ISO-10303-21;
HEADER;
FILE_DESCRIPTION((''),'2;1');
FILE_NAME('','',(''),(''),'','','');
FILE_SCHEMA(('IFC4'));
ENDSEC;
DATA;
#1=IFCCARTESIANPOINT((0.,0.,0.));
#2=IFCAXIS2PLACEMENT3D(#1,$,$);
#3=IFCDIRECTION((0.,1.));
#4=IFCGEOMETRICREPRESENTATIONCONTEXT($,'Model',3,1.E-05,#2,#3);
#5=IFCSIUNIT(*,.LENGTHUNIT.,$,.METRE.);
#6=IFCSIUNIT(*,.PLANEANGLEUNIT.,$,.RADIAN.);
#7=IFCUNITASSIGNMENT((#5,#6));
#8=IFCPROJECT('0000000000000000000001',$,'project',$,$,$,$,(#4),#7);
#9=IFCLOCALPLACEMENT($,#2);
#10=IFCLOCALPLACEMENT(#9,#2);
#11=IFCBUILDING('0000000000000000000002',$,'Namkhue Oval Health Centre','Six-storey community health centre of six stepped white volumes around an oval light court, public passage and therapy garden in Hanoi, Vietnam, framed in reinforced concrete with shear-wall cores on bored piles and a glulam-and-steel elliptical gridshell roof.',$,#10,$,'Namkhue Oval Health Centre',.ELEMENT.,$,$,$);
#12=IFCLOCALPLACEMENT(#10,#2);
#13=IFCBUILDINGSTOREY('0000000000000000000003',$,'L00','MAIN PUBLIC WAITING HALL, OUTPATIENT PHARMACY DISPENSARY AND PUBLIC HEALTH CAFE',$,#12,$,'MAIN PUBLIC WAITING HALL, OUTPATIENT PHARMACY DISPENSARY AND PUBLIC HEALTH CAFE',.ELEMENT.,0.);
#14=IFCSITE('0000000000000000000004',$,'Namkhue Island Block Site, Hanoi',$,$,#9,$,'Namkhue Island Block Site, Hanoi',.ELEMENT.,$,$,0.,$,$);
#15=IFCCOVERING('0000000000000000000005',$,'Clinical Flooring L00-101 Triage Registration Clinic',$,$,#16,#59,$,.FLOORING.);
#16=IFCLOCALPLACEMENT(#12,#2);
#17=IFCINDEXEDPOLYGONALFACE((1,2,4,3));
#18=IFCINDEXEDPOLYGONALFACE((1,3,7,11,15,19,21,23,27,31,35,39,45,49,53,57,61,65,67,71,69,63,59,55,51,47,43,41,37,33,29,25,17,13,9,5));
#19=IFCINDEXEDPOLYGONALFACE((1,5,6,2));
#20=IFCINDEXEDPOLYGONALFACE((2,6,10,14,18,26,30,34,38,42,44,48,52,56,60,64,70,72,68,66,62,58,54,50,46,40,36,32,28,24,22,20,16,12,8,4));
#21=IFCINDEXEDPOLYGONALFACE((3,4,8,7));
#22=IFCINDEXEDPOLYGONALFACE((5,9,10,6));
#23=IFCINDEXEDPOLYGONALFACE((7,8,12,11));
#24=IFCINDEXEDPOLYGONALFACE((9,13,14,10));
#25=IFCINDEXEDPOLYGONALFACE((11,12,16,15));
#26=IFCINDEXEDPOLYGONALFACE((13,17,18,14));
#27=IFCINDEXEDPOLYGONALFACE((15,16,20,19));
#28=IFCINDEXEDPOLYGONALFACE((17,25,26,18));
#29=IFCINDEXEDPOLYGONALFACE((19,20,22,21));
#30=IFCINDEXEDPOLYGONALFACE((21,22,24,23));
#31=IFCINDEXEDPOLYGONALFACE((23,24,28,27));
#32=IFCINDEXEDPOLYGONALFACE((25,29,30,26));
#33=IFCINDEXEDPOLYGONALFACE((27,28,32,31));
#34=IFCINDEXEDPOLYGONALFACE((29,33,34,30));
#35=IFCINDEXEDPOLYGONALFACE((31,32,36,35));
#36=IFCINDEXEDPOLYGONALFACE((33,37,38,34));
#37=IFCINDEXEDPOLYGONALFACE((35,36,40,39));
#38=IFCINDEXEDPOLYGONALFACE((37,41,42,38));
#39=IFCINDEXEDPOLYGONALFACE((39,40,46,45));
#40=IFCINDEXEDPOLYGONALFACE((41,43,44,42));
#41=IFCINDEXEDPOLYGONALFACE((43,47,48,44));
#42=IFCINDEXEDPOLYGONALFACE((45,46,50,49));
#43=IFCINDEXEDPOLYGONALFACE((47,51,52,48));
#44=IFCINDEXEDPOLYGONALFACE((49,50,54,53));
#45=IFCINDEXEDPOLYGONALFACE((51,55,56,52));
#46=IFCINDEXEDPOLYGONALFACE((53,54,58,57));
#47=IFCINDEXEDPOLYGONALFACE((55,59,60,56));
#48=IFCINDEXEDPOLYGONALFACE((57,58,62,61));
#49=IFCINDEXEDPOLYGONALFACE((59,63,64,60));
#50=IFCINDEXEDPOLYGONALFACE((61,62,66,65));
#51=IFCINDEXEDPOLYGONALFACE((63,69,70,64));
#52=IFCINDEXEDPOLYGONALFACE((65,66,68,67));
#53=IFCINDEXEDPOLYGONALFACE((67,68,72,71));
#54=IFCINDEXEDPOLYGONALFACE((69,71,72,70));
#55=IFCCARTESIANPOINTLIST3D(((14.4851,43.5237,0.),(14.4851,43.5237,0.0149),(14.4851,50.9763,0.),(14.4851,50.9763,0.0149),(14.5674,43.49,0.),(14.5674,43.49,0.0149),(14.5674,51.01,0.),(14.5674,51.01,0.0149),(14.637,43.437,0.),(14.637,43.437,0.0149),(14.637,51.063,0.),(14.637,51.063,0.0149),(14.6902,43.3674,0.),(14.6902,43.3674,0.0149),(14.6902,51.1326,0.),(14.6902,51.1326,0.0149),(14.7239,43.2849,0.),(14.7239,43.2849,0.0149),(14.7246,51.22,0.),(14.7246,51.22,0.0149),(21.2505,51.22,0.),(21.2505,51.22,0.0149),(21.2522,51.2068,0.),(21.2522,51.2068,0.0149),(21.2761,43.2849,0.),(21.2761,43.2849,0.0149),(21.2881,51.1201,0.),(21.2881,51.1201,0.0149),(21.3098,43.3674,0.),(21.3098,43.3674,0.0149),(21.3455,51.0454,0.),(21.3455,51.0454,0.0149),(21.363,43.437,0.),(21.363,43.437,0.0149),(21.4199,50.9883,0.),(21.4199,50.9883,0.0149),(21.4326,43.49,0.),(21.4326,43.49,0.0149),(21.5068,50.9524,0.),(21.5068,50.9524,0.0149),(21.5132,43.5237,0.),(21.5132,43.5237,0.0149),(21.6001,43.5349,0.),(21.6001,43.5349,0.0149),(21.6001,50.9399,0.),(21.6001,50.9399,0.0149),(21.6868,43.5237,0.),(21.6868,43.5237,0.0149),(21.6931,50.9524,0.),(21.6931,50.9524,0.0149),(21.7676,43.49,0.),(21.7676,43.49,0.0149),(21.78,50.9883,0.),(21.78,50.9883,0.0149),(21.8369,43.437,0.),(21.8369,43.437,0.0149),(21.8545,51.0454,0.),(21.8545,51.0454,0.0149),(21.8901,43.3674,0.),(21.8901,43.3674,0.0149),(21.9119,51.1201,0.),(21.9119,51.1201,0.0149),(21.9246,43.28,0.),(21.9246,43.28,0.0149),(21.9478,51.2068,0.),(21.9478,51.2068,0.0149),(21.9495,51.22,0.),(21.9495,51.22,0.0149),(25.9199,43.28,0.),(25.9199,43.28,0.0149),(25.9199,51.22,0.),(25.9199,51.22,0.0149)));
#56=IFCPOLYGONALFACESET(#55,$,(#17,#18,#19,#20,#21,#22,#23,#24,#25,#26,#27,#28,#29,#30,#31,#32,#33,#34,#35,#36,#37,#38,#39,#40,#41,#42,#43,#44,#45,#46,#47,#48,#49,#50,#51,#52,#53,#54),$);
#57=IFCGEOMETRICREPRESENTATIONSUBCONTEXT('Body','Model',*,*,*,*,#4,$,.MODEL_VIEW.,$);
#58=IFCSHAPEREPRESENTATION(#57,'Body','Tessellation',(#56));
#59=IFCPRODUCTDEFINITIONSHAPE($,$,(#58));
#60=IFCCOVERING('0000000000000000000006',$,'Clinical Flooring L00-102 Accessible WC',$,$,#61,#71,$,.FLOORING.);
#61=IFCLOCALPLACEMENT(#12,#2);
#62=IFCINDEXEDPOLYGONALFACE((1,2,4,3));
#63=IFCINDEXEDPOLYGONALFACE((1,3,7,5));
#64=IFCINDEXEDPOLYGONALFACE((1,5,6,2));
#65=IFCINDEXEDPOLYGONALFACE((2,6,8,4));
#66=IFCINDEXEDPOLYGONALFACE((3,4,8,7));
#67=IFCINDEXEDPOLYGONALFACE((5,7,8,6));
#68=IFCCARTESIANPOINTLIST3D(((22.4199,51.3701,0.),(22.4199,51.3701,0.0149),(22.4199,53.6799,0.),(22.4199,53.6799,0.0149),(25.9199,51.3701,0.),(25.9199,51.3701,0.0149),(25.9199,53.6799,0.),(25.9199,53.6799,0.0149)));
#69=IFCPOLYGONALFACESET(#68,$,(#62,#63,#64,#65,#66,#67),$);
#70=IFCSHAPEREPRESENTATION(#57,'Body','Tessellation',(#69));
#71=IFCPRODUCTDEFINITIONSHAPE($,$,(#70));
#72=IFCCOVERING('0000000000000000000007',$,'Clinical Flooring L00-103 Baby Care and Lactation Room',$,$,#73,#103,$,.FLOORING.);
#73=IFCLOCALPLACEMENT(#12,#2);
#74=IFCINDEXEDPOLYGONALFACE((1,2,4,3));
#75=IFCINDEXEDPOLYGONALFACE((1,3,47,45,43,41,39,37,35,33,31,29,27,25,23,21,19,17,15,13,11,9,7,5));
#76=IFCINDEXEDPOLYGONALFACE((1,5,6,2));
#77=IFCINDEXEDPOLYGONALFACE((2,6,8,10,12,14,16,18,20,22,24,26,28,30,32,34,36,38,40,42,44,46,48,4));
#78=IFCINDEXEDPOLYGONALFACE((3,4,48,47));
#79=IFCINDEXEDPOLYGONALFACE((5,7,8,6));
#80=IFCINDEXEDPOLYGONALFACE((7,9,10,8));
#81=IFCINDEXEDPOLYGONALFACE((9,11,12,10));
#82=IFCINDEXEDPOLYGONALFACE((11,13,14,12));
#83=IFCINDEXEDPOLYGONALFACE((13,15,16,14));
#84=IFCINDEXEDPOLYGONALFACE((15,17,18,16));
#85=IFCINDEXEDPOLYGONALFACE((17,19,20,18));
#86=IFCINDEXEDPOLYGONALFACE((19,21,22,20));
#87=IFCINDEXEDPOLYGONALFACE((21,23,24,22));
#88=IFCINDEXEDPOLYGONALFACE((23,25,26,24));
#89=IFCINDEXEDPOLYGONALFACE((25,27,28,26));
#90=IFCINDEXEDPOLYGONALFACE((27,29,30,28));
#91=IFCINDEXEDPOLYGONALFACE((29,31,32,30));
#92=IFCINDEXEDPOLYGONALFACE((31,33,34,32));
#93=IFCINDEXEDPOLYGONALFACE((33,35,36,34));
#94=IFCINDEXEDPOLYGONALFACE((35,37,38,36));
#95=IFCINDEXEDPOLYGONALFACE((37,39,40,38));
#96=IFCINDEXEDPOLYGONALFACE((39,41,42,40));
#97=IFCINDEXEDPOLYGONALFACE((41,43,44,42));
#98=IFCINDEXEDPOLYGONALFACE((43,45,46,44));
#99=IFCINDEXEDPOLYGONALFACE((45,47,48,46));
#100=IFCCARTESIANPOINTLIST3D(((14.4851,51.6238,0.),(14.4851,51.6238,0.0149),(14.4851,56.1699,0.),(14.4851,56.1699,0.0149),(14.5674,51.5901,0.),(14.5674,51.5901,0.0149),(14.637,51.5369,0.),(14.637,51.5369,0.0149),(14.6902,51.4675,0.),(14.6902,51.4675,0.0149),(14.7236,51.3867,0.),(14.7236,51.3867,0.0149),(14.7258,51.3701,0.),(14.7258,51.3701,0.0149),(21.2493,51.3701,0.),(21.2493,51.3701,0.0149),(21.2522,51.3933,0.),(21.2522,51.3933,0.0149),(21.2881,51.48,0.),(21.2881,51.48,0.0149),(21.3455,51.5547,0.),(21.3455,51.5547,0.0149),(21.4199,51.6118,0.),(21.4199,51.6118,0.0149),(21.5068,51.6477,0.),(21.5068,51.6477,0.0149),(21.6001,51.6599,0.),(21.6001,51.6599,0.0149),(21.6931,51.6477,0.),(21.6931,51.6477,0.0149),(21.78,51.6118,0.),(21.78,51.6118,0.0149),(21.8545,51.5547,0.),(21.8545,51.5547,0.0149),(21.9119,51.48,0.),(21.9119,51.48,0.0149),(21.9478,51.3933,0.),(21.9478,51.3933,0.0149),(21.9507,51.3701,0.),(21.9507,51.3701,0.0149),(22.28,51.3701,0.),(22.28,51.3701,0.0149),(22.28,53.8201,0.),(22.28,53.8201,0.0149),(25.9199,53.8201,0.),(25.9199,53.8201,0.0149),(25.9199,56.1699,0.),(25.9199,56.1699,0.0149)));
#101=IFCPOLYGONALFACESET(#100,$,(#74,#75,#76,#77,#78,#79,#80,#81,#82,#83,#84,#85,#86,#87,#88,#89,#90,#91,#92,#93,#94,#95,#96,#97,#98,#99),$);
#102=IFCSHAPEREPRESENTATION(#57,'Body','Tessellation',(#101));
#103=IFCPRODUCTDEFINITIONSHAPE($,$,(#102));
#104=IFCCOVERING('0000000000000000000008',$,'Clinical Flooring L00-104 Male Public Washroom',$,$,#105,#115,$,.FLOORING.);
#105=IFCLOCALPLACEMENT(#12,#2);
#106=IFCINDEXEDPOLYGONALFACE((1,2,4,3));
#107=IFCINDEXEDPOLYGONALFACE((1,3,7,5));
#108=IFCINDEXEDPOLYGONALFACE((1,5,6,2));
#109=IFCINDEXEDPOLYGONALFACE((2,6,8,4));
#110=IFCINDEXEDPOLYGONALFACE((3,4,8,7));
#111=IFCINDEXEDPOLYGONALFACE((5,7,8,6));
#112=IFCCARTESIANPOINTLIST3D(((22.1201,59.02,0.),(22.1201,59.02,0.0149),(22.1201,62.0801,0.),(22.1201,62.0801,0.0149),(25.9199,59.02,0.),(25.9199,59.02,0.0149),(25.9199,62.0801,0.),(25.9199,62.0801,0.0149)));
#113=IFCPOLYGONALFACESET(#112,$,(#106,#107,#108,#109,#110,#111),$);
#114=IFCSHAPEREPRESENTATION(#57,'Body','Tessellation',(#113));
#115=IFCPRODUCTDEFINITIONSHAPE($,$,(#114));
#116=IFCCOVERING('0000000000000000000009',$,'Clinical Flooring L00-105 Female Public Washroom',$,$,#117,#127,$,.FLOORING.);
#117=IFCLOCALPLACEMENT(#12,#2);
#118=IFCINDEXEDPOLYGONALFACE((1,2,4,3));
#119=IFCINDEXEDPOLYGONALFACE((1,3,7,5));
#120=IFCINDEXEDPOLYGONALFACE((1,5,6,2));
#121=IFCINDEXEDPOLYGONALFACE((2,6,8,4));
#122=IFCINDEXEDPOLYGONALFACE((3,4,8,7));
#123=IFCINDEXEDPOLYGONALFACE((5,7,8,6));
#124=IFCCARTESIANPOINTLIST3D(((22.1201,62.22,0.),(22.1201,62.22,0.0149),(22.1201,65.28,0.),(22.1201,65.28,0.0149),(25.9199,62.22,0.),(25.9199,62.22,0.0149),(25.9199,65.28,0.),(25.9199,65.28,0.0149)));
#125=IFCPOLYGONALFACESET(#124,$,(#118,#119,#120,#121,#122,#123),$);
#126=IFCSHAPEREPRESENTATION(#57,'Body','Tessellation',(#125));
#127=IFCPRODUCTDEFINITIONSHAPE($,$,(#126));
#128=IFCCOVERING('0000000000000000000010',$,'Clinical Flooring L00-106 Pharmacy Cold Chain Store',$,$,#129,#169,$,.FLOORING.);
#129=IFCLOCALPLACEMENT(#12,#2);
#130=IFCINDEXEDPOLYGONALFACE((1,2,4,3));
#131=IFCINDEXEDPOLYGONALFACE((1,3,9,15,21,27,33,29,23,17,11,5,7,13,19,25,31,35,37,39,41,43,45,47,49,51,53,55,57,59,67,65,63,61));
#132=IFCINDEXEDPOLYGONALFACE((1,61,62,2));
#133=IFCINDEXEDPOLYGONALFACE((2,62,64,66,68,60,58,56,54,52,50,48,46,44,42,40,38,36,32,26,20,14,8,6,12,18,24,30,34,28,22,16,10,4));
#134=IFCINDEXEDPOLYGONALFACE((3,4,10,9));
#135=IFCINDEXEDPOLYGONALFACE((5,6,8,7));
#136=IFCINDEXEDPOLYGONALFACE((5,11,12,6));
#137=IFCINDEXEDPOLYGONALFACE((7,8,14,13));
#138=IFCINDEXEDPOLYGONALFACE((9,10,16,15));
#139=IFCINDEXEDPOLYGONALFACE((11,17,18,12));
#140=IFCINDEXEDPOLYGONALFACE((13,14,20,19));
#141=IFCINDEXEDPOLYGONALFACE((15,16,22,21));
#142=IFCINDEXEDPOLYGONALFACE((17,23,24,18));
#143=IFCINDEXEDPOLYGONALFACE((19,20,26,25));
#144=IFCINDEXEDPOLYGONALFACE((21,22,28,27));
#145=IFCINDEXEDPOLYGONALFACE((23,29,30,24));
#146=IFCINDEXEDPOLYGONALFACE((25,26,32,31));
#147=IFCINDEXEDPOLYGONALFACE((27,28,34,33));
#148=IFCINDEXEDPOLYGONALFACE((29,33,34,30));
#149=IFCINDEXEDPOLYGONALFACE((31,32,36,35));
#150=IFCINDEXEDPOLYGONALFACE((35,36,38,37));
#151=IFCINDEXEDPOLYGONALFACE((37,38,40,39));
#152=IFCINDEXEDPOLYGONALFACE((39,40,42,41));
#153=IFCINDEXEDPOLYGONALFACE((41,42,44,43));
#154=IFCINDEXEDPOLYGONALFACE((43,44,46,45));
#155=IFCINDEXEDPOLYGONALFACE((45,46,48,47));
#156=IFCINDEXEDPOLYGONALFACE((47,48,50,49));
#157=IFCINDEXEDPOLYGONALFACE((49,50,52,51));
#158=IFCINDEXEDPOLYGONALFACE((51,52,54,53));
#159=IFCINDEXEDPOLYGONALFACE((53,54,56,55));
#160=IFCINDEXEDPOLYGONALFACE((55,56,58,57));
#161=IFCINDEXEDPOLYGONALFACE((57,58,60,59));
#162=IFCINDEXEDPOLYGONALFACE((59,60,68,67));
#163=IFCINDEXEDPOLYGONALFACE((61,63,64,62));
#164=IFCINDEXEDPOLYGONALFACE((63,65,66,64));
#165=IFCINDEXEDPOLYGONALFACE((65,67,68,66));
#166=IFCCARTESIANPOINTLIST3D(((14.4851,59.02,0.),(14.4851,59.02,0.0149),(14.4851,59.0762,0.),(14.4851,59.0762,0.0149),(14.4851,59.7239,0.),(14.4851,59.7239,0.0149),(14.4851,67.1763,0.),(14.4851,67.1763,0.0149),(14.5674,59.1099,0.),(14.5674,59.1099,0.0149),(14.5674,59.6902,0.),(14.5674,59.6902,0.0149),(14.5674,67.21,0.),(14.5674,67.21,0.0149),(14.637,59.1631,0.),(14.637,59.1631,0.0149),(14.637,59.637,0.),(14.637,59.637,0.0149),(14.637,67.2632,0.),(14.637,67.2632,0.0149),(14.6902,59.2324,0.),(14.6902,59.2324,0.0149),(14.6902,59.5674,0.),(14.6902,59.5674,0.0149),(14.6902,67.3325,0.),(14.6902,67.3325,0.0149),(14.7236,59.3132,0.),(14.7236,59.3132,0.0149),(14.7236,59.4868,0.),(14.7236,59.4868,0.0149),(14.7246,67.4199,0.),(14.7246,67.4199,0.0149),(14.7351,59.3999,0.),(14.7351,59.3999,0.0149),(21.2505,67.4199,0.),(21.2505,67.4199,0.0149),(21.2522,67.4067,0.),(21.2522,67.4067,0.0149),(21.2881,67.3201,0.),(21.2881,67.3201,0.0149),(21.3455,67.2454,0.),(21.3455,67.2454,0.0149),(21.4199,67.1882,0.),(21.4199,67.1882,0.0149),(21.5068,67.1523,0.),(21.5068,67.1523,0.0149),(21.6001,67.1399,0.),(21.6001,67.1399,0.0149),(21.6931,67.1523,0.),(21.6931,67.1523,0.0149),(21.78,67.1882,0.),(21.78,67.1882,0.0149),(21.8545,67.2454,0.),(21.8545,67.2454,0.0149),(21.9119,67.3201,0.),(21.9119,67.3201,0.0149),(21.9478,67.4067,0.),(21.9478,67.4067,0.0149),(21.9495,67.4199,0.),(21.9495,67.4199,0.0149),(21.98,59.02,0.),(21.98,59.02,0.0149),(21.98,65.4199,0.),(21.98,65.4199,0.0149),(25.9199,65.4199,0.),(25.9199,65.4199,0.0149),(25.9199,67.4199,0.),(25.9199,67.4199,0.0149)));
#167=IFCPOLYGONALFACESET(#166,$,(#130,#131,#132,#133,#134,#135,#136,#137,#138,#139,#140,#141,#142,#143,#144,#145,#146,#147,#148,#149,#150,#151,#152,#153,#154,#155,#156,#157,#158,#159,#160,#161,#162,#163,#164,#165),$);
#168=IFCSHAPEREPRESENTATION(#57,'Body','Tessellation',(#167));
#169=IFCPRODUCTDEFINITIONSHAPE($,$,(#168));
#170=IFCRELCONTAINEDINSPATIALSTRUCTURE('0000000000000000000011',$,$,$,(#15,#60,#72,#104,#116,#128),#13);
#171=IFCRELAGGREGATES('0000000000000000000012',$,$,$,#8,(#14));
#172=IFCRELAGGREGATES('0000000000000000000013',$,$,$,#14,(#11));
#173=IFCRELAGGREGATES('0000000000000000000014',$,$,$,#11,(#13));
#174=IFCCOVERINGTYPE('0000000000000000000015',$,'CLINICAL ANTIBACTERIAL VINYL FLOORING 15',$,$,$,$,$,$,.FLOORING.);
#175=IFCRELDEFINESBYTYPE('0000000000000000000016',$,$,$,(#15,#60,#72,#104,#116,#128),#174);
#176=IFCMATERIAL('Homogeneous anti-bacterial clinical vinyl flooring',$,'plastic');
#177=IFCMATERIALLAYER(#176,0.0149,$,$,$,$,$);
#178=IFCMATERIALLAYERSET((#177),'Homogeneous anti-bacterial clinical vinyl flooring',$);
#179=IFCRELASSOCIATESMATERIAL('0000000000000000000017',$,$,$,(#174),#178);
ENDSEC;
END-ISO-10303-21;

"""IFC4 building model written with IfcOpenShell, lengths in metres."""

from ifc_helpers import new_model, si_unit, direction, origin, place, context, subcontext, project, spatial, polyline, outline, extrude, material, layer, layer_set, type_object, element, save


model = new_model("IFC4")

# Units and contexts
model_context = context("Model", 3, precision=1e-05, world=origin(), true_north=direction((0.0, 1.0)))
body_context = subcontext(model_context, "Body", "Model", "MODEL_VIEW")
ifc_project = project(units=[si_unit("LENGTHUNIT", "METRE"), si_unit("PLANEANGLEUNIT", "RADIAN")], contexts=[model_context])

# Site, building, storey
site_placement = place(None, origin())
site = spatial("IfcSite", under=ifc_project, at=site_placement, Name="Namkhue Island Block Site, Hanoi", LongName="Namkhue Island Block Site, Hanoi", CompositionType="ELEMENT", RefElevation=0.0)
building_placement = place(site_placement, origin())
building = spatial("IfcBuilding", under=site, at=building_placement, Name="Namkhue Oval Health Centre", Description="Six-storey community health centre of six stepped white volumes around an oval light court, public passage and therapy garden in Hanoi, Vietnam, framed in reinforced concrete with shear-wall cores on bored piles and a glulam-and-steel elliptical gridshell roof.", LongName="Namkhue Oval Health Centre", CompositionType="ELEMENT")
storey_placement = place(building_placement, origin())
storey = spatial("IfcBuildingStorey", under=building, at=storey_placement, Name="L00", Description="MAIN PUBLIC WAITING HALL, OUTPATIENT PHARMACY DISPENSARY AND PUBLIC HEALTH CAFE", LongName="MAIN PUBLIC WAITING HALL, OUTPATIENT PHARMACY DISPENSARY AND PUBLIC HEALTH CAFE", CompositionType="ELEMENT", Elevation=0.0)

# Coverings
ifc_material_1 = material(Name="Homogeneous anti-bacterial clinical vinyl flooring", Category="plastic")
ifc_layer_1 = layer(ifc_material_1, 0.0149)
ifc_layer_set_1 = layer_set([ifc_layer_1], Name="Homogeneous anti-bacterial clinical vinyl flooring")
covering_type = type_object("IfcCoveringType", Name="CLINICAL ANTIBACTERIAL VINYL FLOORING 15", PredefinedType="FLOORING", material=ifc_layer_set_1)
covering_1_placement = place(storey_placement, origin())
element("IfcCovering", 1, at=covering_1_placement, inside=storey, type_object=covering_type, Name="Clinical Flooring L00-101 Triage Registration Clinic", PredefinedType="FLOORING", context=body_context, shape_type="SweptSolid", body=[
    extrude(outline(polyline([(21.9246, 43.28), (21.8901, 43.3674), (21.8369, 43.437), (21.7676, 43.49), (21.6868, 43.5237), (21.6001, 43.5349), (21.5132, 43.5237), (21.4326, 43.49), (21.363, 43.437), (21.3098, 43.3674), (21.2761, 43.2849), (14.7239, 43.2849), (14.6902, 43.3674), (14.637, 43.437), (14.5674, 43.49), (14.4851, 43.5237), (14.4851, 50.9763), (14.5674, 51.01), (14.637, 51.063), (14.6902, 51.1326), (14.7246, 51.22), (21.2505, 51.22), (21.2522, 51.2068), (21.2881, 51.1201), (21.3455, 51.0454), (21.4199, 50.9883), (21.5068, 50.9524), (21.6001, 50.9399), (21.6931, 50.9524), (21.78, 50.9883), (21.8545, 51.0454), (21.9119, 51.1201), (21.9478, 51.2068), (21.9495, 51.22), (25.9199, 51.22), (25.9199, 43.28), (21.9246, 43.28)])), origin(), (0.0, 0.0, 1.0), 0.0149),
])
covering_2_placement = place(storey_placement, origin())
element("IfcCovering", 2, at=covering_2_placement, inside=storey, type_object=covering_type, Name="Clinical Flooring L00-102 Accessible WC", PredefinedType="FLOORING", context=body_context, shape_type="SweptSolid", body=[
    extrude(outline(polyline([(25.9199, 53.6799), (25.9199, 51.3701), (22.4199, 51.3701), (22.4199, 53.6799), (25.9199, 53.6799)])), origin(), (0.0, 0.0, 1.0), 0.0149),
])
covering_3_placement = place(storey_placement, origin())
element("IfcCovering", 3, at=covering_3_placement, inside=storey, type_object=covering_type, Name="Clinical Flooring L00-103 Baby Care and Lactation Room", PredefinedType="FLOORING", context=body_context, shape_type="SweptSolid", body=[
    extrude(outline(polyline([(22.28, 53.8201), (22.28, 51.3701), (21.9507, 51.3701), (21.9478, 51.3933), (21.9119, 51.48), (21.8545, 51.5547), (21.78, 51.6118), (21.6931, 51.6477), (21.6001, 51.6599), (21.5068, 51.6477), (21.4199, 51.6118), (21.3455, 51.5547), (21.2881, 51.48), (21.2522, 51.3933), (21.2493, 51.3701), (14.7258, 51.3701), (14.7236, 51.3867), (14.6902, 51.4675), (14.637, 51.5369), (14.5674, 51.5901), (14.4851, 51.6238), (14.4851, 56.1699), (25.9199, 56.1699), (25.9199, 53.8201), (22.28, 53.8201)])), origin(), (0.0, 0.0, 1.0), 0.0149),
])
covering_4_placement = place(storey_placement, origin())
element("IfcCovering", 4, at=covering_4_placement, inside=storey, type_object=covering_type, Name="Clinical Flooring L00-104 Male Public Washroom", PredefinedType="FLOORING", context=body_context, shape_type="SweptSolid", body=[
    extrude(outline(polyline([(25.9199, 62.0801), (25.9199, 59.02), (22.1201, 59.02), (22.1201, 62.0801), (25.9199, 62.0801)])), origin(), (0.0, 0.0, 1.0), 0.0149),
])
covering_5_placement = place(storey_placement, origin())
element("IfcCovering", 5, at=covering_5_placement, inside=storey, type_object=covering_type, Name="Clinical Flooring L00-105 Female Public Washroom", PredefinedType="FLOORING", context=body_context, shape_type="SweptSolid", body=[
    extrude(outline(polyline([(25.9199, 65.28), (25.9199, 62.22), (22.1201, 62.22), (22.1201, 65.28), (25.9199, 65.28)])), origin(), (0.0, 0.0, 1.0), 0.0149),
])
covering_6_placement = place(storey_placement, origin())
element("IfcCovering", 6, at=covering_6_placement, inside=storey, type_object=covering_type, Name="Clinical Flooring L00-106 Pharmacy Cold Chain Store", PredefinedType="FLOORING", context=body_context, shape_type="SweptSolid", body=[
    extrude(outline(polyline([(21.98, 65.4199), (21.98, 59.02), (14.4851, 59.02), (14.4851, 59.0762), (14.5674, 59.1099), (14.637, 59.1631), (14.6902, 59.2324), (14.7236, 59.3132), (14.7351, 59.3999), (14.7236, 59.4868), (14.6902, 59.5674), (14.637, 59.637), (14.5674, 59.6902), (14.4851, 59.7239), (14.4851, 67.1763), (14.5674, 67.21), (14.637, 67.2632), (14.6902, 67.3325), (14.7246, 67.4199), (21.2505, 67.4199), (21.2522, 67.4067), (21.2881, 67.3201), (21.3455, 67.2454), (21.4199, 67.1882), (21.5068, 67.1523), (21.6001, 67.1399), (21.6931, 67.1523), (21.78, 67.1882), (21.8545, 67.2454), (21.9119, 67.3201), (21.9478, 67.4067), (21.9495, 67.4199), (25.9199, 67.4199), (25.9199, 65.4199), (21.98, 65.4199)])), origin(), (0.0, 0.0, 1.0), 0.0149),
])

save(model, "model.ifc")
